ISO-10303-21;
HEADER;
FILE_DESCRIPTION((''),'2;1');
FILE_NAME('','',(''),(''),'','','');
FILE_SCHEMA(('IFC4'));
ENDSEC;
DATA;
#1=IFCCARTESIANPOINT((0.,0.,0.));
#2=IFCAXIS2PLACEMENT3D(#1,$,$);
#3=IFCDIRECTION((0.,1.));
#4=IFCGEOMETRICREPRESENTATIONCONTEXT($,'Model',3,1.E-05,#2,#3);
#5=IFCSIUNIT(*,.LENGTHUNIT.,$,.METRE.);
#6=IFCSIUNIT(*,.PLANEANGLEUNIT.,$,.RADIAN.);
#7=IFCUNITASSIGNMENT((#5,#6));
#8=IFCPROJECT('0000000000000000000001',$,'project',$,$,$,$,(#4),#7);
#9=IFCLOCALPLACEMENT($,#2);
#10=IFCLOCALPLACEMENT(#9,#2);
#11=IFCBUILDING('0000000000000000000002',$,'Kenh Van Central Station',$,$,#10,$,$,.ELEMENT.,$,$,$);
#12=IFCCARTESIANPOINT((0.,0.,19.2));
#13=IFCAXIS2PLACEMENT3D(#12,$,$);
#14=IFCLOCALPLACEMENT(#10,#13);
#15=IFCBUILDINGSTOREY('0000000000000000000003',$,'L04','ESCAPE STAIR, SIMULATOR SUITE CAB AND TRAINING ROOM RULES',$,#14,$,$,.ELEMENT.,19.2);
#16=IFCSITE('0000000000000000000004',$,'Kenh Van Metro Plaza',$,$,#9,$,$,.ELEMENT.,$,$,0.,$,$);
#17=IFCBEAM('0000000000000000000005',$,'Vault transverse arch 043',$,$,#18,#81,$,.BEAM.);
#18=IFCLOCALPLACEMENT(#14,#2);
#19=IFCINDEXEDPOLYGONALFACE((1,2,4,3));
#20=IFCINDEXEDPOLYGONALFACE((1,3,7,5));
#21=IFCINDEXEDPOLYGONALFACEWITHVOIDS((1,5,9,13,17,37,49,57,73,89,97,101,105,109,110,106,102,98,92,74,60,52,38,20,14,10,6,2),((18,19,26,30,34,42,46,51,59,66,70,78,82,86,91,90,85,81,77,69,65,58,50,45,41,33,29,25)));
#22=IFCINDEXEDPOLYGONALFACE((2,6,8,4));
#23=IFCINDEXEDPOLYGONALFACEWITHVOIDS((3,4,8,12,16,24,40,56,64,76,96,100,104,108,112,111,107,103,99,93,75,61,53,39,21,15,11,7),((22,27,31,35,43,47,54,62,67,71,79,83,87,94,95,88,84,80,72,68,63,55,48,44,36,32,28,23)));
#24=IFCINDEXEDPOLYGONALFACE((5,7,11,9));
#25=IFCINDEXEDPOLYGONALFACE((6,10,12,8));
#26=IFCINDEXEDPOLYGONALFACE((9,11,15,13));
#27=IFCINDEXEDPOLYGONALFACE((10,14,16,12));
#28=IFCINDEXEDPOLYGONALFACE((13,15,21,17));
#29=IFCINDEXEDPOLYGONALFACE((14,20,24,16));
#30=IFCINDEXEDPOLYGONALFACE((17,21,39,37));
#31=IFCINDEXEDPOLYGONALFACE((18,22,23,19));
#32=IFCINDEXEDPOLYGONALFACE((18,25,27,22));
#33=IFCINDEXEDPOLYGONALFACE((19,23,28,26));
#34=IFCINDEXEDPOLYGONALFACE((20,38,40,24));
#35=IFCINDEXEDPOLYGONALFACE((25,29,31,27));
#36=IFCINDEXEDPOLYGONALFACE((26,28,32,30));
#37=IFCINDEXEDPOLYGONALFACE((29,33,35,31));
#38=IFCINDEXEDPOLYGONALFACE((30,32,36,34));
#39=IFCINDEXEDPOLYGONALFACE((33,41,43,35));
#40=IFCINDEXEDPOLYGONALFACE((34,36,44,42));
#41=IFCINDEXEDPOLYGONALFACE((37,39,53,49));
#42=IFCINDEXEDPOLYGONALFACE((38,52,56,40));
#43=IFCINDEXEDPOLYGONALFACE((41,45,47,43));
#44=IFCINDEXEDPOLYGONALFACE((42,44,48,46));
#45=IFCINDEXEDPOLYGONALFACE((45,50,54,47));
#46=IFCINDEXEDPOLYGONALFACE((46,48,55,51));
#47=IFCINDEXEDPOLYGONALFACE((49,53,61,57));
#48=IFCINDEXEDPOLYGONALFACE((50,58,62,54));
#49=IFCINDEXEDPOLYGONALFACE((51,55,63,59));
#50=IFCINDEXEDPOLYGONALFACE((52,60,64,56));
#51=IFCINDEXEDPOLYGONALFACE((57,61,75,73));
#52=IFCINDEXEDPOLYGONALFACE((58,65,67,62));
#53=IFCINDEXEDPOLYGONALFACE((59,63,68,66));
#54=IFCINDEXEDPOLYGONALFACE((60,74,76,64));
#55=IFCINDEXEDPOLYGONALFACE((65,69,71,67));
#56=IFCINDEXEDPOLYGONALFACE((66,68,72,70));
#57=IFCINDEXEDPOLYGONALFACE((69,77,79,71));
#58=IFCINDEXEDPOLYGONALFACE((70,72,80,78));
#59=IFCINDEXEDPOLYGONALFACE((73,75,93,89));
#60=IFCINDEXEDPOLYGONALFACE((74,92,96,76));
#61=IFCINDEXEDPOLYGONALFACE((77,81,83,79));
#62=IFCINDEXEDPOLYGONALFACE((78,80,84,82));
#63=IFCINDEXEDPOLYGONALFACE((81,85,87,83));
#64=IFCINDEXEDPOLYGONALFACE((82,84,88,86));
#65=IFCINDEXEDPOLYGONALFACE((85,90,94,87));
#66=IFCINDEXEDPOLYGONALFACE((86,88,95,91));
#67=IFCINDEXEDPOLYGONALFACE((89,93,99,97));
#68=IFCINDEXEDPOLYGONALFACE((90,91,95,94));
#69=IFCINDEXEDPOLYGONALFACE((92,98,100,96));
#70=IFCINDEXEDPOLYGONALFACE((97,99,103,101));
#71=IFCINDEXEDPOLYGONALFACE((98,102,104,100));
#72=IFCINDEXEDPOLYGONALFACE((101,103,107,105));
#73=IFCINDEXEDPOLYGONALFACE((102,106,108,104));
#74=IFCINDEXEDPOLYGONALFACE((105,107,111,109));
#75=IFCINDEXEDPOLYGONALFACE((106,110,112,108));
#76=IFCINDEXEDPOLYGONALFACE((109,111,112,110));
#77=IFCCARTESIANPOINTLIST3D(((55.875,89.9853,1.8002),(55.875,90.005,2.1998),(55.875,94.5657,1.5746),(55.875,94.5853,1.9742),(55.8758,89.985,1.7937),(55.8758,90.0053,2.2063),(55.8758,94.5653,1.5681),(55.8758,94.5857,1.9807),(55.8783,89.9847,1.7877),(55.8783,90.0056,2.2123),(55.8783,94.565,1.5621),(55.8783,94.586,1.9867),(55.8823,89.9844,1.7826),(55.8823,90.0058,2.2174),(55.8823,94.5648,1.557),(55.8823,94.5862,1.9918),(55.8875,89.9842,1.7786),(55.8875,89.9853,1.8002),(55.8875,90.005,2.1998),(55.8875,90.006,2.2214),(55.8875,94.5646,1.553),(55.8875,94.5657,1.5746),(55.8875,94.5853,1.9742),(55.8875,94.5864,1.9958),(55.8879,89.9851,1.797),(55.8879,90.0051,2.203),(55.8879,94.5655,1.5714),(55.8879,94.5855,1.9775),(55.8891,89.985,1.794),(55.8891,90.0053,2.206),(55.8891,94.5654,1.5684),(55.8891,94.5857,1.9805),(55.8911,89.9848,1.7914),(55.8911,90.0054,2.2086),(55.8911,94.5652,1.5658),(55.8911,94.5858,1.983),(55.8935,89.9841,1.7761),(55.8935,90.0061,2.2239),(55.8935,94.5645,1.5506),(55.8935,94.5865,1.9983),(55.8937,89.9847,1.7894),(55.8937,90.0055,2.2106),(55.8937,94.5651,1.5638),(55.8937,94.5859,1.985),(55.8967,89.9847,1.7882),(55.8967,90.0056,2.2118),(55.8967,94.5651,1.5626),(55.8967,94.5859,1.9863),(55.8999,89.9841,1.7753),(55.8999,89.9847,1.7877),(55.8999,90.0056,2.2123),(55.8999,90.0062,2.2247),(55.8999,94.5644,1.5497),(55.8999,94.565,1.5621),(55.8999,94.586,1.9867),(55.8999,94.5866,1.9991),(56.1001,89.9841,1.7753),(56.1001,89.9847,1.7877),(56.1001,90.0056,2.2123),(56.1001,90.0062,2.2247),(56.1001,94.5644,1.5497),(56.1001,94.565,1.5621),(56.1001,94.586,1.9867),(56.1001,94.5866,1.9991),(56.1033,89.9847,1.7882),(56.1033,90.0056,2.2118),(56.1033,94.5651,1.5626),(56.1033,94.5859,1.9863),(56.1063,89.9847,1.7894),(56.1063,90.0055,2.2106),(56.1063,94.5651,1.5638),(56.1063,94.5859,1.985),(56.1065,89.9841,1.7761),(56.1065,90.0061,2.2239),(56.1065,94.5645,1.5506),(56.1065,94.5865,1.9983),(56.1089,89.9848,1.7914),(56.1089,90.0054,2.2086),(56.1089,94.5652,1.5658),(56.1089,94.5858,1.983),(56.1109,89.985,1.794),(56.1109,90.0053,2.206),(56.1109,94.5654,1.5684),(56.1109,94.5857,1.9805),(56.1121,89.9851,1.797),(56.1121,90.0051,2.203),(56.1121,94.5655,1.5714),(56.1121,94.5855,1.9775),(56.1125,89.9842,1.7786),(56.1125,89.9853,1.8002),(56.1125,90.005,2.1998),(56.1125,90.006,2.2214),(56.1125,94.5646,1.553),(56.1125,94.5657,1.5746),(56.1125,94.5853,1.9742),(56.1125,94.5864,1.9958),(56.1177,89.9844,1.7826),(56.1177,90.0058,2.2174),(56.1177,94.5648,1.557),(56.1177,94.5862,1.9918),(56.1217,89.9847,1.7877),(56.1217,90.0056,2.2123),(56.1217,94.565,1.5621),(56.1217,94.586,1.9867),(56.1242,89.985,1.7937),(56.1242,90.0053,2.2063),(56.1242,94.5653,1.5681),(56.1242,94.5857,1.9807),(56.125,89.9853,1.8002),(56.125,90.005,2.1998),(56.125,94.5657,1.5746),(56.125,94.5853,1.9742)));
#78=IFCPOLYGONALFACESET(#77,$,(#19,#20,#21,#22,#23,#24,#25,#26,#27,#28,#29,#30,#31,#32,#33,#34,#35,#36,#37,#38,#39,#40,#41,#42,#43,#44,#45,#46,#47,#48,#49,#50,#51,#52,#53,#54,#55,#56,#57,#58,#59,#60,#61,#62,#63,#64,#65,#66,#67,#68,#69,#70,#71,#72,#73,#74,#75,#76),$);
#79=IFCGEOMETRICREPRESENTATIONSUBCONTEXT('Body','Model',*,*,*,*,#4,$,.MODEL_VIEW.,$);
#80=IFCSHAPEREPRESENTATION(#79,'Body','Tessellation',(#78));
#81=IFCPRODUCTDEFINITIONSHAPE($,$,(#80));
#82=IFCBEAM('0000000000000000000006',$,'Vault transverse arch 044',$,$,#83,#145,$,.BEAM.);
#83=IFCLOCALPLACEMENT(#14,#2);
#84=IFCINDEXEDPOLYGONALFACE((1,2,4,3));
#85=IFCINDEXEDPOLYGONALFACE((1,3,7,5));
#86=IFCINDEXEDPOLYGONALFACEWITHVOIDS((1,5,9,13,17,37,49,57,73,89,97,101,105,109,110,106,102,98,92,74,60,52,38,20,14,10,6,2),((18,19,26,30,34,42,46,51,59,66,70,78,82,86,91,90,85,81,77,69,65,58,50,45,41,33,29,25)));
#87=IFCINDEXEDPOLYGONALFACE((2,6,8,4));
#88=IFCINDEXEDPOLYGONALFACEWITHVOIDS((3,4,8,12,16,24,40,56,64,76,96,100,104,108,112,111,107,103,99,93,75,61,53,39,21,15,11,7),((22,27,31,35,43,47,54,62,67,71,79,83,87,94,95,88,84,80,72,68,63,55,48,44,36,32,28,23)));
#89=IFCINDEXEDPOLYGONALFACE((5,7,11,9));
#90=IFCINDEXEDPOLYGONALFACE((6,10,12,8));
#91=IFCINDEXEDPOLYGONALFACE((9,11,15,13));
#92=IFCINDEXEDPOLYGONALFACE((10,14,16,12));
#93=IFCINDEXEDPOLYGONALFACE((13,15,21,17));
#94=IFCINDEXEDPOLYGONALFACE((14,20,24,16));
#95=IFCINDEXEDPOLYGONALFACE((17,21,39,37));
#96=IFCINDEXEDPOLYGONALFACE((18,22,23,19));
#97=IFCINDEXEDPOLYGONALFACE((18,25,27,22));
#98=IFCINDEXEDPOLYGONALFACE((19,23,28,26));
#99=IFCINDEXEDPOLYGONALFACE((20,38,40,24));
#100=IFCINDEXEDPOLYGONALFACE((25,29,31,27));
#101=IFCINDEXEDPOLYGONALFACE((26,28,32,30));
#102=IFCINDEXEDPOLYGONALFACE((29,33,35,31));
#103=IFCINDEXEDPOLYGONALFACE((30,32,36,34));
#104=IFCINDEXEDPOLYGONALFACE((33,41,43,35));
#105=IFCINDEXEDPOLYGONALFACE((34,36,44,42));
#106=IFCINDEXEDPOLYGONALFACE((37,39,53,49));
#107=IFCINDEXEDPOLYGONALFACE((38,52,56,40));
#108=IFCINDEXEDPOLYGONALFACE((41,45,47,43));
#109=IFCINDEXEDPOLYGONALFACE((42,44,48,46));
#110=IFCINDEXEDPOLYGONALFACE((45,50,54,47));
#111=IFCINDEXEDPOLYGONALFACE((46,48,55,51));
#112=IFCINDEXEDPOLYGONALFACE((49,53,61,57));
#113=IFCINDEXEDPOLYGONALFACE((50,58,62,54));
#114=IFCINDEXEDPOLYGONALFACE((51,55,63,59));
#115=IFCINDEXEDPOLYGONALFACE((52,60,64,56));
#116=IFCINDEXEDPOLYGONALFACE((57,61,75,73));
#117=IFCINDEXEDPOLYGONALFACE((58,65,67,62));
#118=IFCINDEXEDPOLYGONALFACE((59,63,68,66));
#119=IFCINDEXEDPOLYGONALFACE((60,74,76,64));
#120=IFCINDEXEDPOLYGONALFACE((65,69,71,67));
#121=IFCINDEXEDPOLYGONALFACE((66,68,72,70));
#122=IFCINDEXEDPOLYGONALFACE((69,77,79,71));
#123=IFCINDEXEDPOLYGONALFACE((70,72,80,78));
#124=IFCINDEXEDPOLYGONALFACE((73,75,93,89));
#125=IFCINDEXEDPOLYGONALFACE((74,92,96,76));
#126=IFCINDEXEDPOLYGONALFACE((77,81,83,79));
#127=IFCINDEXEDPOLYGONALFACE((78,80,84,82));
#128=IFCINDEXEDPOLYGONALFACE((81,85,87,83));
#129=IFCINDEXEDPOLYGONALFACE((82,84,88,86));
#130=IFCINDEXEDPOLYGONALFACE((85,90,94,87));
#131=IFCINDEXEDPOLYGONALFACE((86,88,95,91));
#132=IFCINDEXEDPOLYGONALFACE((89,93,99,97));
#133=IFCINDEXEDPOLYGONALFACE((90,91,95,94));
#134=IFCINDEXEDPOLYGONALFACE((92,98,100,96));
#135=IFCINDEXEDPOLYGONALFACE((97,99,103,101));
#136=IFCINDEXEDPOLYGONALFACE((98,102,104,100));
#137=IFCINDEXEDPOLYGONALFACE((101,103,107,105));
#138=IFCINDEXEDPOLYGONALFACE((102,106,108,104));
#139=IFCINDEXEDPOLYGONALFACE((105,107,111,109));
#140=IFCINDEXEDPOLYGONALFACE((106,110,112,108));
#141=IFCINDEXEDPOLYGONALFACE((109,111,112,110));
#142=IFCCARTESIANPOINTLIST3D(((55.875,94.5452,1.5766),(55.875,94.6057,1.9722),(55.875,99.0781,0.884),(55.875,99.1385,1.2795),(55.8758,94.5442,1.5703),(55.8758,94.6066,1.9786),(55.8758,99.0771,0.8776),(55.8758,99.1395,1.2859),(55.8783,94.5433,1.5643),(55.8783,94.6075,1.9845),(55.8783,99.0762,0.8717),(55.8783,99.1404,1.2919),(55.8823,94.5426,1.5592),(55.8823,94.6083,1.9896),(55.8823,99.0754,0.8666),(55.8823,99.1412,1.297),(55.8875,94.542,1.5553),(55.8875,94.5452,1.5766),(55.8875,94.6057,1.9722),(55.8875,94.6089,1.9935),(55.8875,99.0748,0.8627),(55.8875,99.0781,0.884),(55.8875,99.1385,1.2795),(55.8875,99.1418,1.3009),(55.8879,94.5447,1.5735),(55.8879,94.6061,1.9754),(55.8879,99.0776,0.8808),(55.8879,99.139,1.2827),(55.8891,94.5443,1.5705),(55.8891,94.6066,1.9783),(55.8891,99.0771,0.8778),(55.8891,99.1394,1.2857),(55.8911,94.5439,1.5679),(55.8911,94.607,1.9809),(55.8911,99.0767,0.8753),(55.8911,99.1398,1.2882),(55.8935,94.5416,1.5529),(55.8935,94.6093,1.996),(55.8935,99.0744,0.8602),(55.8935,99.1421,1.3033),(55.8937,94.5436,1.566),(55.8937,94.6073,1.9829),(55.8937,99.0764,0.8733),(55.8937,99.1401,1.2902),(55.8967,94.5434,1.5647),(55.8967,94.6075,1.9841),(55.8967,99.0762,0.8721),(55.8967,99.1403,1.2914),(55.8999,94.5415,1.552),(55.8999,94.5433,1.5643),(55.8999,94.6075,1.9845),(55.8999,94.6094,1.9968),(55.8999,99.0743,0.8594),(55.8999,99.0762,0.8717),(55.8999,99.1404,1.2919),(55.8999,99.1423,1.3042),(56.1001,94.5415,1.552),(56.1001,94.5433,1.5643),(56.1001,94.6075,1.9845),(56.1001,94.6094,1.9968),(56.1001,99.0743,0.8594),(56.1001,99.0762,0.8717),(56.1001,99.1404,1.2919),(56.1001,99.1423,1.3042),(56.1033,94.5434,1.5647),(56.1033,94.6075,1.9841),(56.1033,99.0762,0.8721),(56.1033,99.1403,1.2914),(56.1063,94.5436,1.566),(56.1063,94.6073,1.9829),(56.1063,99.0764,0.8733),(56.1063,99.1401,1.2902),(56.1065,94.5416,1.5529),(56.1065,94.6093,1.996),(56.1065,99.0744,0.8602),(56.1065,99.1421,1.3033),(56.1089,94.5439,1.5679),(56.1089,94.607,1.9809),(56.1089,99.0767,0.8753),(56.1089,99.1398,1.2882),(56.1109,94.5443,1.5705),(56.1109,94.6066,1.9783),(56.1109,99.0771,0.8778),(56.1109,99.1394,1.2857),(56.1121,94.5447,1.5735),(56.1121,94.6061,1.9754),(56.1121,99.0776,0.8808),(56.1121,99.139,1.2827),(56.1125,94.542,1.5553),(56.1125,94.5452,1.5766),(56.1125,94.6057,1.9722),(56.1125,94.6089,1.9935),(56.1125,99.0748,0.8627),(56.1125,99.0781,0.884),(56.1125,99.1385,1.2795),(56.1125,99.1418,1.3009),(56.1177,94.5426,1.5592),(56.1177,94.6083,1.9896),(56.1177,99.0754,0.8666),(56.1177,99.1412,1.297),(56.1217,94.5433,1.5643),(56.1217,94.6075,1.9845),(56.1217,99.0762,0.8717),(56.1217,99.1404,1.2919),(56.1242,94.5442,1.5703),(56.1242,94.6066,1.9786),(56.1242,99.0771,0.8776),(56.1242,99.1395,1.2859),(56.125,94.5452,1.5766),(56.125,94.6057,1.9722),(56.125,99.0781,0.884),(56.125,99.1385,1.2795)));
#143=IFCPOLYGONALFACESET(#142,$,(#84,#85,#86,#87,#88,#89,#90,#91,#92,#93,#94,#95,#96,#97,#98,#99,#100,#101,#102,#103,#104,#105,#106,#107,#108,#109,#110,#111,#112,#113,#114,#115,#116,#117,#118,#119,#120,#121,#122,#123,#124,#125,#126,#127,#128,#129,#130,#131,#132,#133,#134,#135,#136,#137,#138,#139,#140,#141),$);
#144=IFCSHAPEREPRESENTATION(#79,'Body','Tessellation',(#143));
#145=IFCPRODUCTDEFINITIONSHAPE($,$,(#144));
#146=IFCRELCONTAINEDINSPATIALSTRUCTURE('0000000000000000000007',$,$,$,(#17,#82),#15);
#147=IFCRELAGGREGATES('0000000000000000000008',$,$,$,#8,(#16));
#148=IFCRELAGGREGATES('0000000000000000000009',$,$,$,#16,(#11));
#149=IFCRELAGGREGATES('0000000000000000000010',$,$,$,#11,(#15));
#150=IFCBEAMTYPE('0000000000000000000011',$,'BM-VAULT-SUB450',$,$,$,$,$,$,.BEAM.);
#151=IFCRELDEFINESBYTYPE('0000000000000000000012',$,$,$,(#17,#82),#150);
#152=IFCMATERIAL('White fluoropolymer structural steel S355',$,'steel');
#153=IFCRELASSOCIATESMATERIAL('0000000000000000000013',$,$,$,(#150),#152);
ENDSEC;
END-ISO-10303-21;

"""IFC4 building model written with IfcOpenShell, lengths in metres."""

from ifc_helpers import new_model, si_unit, direction, frame, origin, origin_2d, place, context, subcontext, project, spatial, hollow_rectangle, extrude, material, material_profile, profile_set, type_object, element, save


model = new_model("IFC4")

# Units and contexts
model_context = context("Model", 3, precision=1e-05, world=origin(), true_north=direction((0.0, 1.0)))
body_context = subcontext(model_context, "Body", "Model", "MODEL_VIEW")
ifc_project = project(units=[si_unit("LENGTHUNIT", "METRE"), si_unit("PLANEANGLEUNIT", "RADIAN")], contexts=[model_context])

# Site, building, storey
site_placement = place(None, origin())
site = spatial("IfcSite", under=ifc_project, at=site_placement, Name="Kenh Van Metro Plaza", CompositionType="ELEMENT", RefElevation=0.0)
building_placement = place(site_placement, origin())
building = spatial("IfcBuilding", under=site, at=building_placement, Name="Kenh Van Central Station", CompositionType="ELEMENT")
storey_placement = place(building_placement, frame((0.0, 0.0, 19.2)))
storey = spatial("IfcBuildingStorey", under=building, at=storey_placement, Name="L04", Description="ESCAPE STAIR, SIMULATOR SUITE CAB AND TRAINING ROOM RULES", CompositionType="ELEMENT", Elevation=19.2)

# Beams
ifc_material_1 = material(Name="White fluoropolymer structural steel S355", Category="steel")
ifc_material_profile_1 = material_profile(ifc_material_1, hollow_rectangle(XDim=0.25, YDim=0.45, WallThickness=0.0125, InnerFilletRadius=0.0125, OuterFilletRadius=0.0249, at=origin_2d()), Name="RHS 450x250x12.5")
ifc_profile_set_1 = profile_set([ifc_material_profile_1], Name="White fluoropolymer structural steel S355")
beam_type = type_object("IfcBeamType", Name="BM-VAULT-SUB450", PredefinedType="BEAM", material=ifc_profile_set_1)
beam_1_placement = place(storey_placement, frame((56.0, 89.9951, 2.0), z_axis=(0.0, 0.998789, -0.049191), x_axis=(-1.0, 0.0, 0.0)))
element("IfcBeam", 1, at=beam_1_placement, inside=storey, type_object=beam_type, Name="Vault transverse arch 043", PredefinedType="BEAM", context=body_context, shape_type="SweptSolid", body=[
    extrude(hollow_rectangle(XDim=0.25, YDim=0.45, WallThickness=0.0125, InnerFilletRadius=0.0125, OuterFilletRadius=0.0249, at=origin_2d()), origin(), (0.0, 0.0, 1.0), 4.5859),
])
beam_2_placement = place(storey_placement, frame((56.0, 94.5754, 1.7744), z_axis=(0.0, 0.988526, -0.151053), x_axis=(-1.0, 0.0, 0.0)))
element("IfcBeam", 2, at=beam_2_placement, inside=storey, type_object=beam_type, Name="Vault transverse arch 044", PredefinedType="BEAM", context=body_context, shape_type="SweptSolid", body=[
    extrude(hollow_rectangle(XDim=0.25, YDim=0.45, WallThickness=0.0125, InnerFilletRadius=0.0125, OuterFilletRadius=0.0249, at=origin_2d()), origin(), (0.0, 0.0, 1.0), 4.5854),
])

save(model, "model.ifc")
